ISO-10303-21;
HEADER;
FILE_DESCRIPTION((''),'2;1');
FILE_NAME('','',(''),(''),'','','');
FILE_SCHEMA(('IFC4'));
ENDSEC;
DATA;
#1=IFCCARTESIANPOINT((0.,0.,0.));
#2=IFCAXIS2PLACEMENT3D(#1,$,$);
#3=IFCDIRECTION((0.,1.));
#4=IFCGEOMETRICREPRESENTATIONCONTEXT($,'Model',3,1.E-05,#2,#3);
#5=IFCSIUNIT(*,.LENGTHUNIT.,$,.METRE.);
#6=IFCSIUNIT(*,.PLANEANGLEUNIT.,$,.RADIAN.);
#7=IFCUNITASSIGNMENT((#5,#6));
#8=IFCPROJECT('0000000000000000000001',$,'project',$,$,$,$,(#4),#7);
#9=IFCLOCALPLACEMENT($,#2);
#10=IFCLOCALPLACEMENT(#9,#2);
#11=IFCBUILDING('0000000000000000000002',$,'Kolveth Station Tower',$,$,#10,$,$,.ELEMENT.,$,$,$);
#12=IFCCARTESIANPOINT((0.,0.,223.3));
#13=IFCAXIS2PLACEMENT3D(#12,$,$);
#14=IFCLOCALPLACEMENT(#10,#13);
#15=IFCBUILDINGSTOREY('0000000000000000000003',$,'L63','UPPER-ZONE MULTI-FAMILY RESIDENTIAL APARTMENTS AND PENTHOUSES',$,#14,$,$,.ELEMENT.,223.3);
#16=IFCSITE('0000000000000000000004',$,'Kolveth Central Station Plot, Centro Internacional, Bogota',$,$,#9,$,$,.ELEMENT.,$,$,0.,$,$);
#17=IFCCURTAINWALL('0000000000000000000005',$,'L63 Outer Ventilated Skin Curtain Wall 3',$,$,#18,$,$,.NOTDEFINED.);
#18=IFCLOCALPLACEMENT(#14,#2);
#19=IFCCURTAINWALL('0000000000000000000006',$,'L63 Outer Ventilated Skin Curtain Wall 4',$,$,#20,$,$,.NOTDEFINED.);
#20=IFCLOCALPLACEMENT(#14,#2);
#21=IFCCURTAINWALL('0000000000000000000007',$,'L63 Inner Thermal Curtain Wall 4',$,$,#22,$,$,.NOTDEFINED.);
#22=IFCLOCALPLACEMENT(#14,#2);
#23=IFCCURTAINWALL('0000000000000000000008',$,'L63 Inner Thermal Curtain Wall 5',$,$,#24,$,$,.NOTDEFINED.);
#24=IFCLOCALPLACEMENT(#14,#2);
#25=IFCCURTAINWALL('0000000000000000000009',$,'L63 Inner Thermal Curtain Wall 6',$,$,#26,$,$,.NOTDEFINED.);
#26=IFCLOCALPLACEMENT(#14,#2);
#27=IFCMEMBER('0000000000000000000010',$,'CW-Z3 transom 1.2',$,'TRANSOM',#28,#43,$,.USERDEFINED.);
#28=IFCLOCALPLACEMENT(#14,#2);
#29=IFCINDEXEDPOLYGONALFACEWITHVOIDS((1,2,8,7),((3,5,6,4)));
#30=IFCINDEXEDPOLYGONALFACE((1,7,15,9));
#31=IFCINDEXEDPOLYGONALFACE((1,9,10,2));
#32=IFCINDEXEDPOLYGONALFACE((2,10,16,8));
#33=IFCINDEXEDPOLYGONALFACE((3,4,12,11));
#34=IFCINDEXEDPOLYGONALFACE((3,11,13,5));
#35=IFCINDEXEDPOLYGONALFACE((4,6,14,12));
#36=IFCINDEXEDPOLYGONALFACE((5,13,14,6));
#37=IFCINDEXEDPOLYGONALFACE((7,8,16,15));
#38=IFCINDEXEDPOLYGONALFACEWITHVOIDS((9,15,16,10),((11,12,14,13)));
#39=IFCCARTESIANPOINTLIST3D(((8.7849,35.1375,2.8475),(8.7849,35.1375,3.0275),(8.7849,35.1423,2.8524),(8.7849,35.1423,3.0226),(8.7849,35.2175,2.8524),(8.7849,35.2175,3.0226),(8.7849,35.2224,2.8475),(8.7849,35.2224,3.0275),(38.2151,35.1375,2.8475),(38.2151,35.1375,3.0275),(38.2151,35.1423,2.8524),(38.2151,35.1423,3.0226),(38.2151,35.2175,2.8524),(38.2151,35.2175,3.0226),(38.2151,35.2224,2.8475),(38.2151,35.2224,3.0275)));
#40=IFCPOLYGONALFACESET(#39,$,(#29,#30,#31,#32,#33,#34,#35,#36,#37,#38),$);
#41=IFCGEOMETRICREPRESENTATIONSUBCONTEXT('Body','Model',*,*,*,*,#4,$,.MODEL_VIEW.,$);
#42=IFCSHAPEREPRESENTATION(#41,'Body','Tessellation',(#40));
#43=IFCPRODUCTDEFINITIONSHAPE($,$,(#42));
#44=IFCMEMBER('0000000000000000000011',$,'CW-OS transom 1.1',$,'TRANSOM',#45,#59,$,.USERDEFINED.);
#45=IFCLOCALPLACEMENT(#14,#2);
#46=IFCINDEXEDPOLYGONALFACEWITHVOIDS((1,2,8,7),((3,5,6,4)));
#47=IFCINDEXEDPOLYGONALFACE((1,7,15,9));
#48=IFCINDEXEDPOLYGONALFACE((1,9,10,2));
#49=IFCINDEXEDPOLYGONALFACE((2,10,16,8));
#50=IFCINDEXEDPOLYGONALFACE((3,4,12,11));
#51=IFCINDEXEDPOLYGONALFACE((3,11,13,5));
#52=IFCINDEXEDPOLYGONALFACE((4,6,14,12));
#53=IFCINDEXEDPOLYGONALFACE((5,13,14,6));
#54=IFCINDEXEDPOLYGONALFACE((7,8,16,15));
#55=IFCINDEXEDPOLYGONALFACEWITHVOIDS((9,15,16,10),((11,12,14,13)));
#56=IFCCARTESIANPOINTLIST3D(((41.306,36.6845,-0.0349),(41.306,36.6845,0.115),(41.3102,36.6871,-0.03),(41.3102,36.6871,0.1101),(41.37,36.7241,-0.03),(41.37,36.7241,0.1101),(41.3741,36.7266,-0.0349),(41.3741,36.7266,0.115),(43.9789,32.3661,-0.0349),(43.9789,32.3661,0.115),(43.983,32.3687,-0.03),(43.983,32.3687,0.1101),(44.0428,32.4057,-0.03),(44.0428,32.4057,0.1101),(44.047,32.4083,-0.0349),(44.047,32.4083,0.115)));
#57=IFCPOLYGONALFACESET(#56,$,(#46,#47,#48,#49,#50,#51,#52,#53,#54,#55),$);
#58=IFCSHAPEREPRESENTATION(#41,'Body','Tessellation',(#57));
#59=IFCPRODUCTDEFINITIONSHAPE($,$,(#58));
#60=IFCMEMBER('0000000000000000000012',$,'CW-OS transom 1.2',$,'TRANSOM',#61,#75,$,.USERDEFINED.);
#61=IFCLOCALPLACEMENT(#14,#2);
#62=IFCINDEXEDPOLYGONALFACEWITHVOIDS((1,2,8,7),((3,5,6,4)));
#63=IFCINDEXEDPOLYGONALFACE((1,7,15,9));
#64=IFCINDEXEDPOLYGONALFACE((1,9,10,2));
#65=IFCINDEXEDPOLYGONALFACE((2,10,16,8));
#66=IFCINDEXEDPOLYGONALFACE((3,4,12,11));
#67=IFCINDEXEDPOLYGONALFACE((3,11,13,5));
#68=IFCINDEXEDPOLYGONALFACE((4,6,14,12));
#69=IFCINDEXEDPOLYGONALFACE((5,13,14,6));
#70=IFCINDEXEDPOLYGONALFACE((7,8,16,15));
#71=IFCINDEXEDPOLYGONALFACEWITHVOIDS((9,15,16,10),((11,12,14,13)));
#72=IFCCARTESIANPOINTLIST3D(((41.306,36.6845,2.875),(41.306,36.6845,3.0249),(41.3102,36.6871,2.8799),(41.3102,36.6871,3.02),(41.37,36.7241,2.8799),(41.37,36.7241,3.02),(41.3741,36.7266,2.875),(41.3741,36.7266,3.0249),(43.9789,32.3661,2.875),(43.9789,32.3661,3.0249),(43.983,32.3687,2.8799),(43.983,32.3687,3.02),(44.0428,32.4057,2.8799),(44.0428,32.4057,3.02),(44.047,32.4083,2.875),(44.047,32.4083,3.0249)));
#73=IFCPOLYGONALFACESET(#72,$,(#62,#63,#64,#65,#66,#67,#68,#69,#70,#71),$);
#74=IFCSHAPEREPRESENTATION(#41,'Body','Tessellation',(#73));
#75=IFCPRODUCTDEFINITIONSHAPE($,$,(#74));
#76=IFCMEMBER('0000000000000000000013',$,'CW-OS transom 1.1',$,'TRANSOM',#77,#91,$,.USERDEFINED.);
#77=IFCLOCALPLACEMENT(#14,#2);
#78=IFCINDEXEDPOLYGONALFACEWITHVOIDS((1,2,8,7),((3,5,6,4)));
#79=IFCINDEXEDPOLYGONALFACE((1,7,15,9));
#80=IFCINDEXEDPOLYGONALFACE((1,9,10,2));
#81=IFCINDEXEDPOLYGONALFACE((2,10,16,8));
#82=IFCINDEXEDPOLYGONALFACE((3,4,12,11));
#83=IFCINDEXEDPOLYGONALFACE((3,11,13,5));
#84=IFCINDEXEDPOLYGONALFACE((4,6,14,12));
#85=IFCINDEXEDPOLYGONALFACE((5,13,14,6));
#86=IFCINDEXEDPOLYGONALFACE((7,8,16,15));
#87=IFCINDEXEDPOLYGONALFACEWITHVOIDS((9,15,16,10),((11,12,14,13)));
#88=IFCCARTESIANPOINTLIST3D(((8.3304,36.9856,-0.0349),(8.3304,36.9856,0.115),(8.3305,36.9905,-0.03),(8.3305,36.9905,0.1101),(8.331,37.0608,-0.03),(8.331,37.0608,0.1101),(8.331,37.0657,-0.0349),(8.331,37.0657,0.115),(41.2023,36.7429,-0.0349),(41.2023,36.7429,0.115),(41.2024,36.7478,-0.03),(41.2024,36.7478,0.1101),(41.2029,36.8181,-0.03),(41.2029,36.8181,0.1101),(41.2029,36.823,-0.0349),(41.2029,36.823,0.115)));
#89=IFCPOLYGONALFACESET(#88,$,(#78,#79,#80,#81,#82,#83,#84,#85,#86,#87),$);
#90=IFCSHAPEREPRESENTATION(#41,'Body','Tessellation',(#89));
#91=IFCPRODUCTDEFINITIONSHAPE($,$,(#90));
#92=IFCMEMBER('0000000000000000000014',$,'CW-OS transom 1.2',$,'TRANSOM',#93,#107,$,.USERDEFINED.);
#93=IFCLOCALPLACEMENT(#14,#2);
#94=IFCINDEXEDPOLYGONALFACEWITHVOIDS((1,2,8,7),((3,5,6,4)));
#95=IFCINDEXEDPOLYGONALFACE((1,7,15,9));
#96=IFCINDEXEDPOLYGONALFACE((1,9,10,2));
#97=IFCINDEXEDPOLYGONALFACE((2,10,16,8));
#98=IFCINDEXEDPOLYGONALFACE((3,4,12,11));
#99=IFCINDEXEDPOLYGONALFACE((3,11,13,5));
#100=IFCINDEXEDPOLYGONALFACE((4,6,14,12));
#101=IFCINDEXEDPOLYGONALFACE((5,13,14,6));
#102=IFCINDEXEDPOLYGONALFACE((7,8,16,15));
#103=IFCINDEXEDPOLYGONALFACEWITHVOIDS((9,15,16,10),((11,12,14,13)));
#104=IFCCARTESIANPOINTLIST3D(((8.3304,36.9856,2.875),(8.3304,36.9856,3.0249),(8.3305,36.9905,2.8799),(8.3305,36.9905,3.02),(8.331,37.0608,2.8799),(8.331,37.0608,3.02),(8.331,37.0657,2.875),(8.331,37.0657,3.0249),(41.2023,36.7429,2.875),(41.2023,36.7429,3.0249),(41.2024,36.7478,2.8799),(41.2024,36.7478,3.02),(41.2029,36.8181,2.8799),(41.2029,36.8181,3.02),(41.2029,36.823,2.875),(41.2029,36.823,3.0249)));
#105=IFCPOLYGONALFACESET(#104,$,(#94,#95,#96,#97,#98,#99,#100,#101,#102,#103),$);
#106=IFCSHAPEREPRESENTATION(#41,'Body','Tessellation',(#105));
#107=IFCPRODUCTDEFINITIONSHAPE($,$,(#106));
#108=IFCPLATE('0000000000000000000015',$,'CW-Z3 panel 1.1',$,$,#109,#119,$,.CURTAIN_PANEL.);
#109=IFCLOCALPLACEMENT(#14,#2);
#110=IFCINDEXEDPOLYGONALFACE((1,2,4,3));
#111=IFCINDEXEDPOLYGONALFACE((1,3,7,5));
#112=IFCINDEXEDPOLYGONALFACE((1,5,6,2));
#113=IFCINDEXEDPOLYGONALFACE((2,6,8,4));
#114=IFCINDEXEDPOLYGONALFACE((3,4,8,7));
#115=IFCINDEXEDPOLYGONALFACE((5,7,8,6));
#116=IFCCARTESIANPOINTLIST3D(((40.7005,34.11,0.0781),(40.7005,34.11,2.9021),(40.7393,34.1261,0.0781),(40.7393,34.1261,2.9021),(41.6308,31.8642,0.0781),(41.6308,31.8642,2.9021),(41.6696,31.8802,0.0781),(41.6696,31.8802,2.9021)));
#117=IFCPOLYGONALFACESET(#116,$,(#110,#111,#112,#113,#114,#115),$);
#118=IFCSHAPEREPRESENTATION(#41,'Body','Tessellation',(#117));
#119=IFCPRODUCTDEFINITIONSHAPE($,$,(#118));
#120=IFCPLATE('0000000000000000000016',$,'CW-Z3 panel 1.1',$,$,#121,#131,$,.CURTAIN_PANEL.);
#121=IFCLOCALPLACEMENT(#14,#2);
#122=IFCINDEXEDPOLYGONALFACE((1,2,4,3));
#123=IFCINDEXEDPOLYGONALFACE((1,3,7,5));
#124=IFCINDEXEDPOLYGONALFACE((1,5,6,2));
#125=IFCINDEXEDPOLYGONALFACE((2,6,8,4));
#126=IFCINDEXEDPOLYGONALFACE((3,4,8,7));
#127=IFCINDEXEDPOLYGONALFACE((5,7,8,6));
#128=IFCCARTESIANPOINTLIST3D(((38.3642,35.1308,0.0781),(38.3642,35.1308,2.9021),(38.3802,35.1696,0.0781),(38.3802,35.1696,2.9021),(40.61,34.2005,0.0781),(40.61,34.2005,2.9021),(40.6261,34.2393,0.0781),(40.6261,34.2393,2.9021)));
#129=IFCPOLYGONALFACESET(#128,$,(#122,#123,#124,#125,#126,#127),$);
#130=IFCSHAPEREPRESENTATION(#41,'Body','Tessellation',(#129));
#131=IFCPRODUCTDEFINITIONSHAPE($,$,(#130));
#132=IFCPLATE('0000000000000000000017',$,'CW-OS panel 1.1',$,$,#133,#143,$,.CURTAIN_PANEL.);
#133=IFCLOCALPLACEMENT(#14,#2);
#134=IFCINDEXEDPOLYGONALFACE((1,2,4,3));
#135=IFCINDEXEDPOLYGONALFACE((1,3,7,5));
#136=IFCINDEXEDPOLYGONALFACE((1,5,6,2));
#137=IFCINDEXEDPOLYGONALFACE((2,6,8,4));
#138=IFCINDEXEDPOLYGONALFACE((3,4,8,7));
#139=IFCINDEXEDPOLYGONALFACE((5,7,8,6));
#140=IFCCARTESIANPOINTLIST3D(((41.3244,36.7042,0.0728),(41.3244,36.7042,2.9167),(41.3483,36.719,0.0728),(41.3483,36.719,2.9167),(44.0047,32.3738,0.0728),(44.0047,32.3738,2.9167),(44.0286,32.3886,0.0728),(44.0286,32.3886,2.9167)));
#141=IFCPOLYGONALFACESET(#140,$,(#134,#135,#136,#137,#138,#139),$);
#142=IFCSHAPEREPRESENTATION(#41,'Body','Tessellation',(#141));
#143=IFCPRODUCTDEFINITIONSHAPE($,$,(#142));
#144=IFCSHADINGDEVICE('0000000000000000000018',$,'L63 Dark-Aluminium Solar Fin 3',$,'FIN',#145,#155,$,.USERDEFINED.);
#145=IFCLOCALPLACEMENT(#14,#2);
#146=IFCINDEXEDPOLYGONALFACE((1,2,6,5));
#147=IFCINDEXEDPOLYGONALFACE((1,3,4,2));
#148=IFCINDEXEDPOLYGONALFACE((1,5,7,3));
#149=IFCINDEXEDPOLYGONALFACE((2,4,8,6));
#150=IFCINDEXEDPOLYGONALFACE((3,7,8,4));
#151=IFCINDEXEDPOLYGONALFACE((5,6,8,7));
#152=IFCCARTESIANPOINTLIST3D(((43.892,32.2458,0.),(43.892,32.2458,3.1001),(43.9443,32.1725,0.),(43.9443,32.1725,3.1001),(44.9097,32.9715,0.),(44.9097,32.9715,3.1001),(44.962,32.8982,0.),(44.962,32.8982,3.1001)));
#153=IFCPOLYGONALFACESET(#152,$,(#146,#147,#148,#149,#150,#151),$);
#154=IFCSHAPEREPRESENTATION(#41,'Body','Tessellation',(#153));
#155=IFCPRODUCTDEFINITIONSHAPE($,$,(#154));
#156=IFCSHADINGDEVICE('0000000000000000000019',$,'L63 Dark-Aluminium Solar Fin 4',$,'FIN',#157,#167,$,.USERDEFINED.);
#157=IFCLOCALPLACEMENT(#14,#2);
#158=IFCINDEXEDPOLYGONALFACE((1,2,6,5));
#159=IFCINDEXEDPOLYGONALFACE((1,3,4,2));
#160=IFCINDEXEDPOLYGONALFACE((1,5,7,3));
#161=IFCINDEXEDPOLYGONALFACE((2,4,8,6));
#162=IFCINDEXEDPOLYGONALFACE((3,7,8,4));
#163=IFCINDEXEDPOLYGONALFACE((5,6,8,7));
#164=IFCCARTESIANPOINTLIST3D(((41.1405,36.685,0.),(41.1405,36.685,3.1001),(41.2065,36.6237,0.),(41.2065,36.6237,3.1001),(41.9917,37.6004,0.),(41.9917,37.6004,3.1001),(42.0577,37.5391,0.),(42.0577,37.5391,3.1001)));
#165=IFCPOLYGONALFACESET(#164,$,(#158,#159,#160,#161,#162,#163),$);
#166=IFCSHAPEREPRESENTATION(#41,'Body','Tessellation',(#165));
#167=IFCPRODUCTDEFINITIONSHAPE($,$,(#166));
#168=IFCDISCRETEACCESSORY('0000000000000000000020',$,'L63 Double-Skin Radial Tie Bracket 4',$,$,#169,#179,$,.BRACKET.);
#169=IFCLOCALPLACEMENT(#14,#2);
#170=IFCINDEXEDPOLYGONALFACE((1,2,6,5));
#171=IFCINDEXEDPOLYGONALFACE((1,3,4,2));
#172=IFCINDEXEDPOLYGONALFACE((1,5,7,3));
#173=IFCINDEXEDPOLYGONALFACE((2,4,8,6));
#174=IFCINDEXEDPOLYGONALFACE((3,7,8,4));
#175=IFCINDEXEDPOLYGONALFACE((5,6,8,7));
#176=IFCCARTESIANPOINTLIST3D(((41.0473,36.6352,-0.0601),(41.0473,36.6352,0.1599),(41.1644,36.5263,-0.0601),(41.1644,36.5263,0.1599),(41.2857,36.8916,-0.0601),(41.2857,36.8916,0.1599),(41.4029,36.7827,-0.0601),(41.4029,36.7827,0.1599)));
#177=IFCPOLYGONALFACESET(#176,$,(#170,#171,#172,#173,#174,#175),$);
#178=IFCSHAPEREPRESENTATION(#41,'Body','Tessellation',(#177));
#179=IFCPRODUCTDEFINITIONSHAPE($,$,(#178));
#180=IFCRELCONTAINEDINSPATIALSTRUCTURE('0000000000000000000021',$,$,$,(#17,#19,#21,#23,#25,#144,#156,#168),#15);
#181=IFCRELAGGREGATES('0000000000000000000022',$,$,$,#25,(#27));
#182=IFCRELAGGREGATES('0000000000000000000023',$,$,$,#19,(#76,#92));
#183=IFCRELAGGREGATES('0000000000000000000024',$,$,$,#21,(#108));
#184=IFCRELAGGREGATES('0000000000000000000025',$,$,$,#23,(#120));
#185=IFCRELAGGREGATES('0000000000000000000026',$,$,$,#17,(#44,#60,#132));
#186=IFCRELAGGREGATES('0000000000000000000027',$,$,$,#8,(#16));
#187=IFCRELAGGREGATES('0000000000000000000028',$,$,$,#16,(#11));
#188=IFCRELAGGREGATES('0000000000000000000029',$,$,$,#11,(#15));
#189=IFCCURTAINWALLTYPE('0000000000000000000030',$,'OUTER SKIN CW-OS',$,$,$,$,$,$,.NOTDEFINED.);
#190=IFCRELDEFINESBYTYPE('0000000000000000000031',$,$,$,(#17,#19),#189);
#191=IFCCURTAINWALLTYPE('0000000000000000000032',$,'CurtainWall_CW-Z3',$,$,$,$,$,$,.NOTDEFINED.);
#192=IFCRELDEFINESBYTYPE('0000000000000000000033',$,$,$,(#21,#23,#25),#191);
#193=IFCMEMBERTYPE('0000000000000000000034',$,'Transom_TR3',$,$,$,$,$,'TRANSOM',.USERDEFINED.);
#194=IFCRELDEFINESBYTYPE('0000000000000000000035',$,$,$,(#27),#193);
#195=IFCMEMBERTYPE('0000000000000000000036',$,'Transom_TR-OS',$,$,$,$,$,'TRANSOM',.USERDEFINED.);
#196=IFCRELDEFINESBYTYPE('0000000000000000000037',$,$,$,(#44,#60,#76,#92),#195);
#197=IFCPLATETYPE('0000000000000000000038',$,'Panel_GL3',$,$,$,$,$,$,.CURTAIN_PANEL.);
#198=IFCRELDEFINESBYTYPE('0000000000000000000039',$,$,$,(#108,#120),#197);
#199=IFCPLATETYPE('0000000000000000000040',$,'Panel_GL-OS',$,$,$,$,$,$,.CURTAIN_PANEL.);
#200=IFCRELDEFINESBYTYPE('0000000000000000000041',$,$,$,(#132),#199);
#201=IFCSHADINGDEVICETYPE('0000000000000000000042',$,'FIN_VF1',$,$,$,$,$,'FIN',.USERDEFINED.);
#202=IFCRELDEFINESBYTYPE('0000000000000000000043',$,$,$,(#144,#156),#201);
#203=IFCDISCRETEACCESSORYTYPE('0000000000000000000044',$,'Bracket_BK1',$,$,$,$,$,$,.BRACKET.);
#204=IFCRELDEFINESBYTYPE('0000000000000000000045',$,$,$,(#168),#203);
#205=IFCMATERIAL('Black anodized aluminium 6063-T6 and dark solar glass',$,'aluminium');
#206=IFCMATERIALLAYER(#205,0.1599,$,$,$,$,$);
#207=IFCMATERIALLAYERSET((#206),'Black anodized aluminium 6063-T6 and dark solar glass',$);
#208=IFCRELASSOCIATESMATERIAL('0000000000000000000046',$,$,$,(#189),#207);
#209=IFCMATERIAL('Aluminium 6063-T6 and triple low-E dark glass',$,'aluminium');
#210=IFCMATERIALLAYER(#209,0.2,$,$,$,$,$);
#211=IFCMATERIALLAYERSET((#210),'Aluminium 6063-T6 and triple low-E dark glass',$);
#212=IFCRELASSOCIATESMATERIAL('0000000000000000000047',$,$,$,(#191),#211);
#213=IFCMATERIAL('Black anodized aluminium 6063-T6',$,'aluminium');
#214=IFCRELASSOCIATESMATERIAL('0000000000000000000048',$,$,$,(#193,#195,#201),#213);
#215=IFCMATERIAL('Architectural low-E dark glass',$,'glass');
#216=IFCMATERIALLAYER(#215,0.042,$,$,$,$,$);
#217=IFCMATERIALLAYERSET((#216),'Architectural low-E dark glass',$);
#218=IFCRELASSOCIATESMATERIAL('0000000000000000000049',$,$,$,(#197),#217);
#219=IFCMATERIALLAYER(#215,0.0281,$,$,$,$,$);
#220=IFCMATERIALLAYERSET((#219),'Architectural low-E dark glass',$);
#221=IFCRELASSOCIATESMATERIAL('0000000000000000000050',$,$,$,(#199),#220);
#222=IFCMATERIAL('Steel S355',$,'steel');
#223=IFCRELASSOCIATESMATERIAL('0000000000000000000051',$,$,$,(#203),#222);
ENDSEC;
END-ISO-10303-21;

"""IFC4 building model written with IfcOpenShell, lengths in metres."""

from ifc_helpers import new_model, si_unit, direction, frame, origin, origin_2d, place, context, subcontext, project, spatial, rectangle, hollow_rectangle, extrude, source, transform, mapped, material, layer, layer_set, material_profile, profile_set, type_object, element, aggregate, save


model = new_model("IFC4")

# Units and contexts
model_context = context("Model", 3, precision=1e-05, world=origin(), true_north=direction((0.0, 1.0)))
body_context = subcontext(model_context, "Body", "Model", "MODEL_VIEW")
ifc_project = project(units=[si_unit("LENGTHUNIT", "METRE"), si_unit("PLANEANGLEUNIT", "RADIAN")], contexts=[model_context])

# Site, building, storey
site_placement = place(None, origin())
site = spatial("IfcSite", under=ifc_project, at=site_placement, Name="Kolveth Central Station Plot, Centro Internacional, Bogota", CompositionType="ELEMENT", RefElevation=0.0)
building_placement = place(site_placement, origin())
building = spatial("IfcBuilding", under=site, at=building_placement, Name="Kolveth Station Tower", CompositionType="ELEMENT")
storey_placement = place(building_placement, frame((0.0, 0.0, 223.3)))
storey = spatial("IfcBuildingStorey", under=building, at=storey_placement, Name="L63", Description="UPPER-ZONE MULTI-FAMILY RESIDENTIAL APARTMENTS AND PENTHOUSES", CompositionType="ELEMENT", Elevation=223.3)

# Shared definitions
ifc_material_1 = material(Name="Steel S355", Category="steel")

# Curtain walls
ifc_material_2 = material(Name="Black anodized aluminium 6063-T6 and dark solar glass", Category="aluminium")
ifc_layer_1 = layer(ifc_material_2, 0.1599)
ifc_layer_set_1 = layer_set([ifc_layer_1], Name="Black anodized aluminium 6063-T6 and dark solar glass")
curtain_wall_type_1 = type_object("IfcCurtainWallType", Name="OUTER SKIN CW-OS", PredefinedType="NOTDEFINED", material=ifc_layer_set_1)
curtain_wall_1_placement = place(storey_placement, origin())
curtain_wall_1 = element("IfcCurtainWall", 1, at=curtain_wall_1_placement, inside=storey, type_object=curtain_wall_type_1, Name="L63 Outer Ventilated Skin Curtain Wall 3", PredefinedType="NOTDEFINED")
ifc_material_3 = material(Name="Black anodized aluminium 6063-T6", Category="aluminium")
curtain_wall_2_placement = place(storey_placement, origin())
curtain_wall_2 = element("IfcCurtainWall", 2, at=curtain_wall_2_placement, inside=storey, type_object=curtain_wall_type_1, Name="L63 Outer Ventilated Skin Curtain Wall 4", PredefinedType="NOTDEFINED")
ifc_material_4 = material(Name="Aluminium 6063-T6 and triple low-E dark glass", Category="aluminium")
ifc_layer_2 = layer(ifc_material_4, 0.2)
ifc_layer_set_2 = layer_set([ifc_layer_2], Name="Aluminium 6063-T6 and triple low-E dark glass")
curtain_wall_type_2 = type_object("IfcCurtainWallType", Name="CurtainWall_CW-Z3", PredefinedType="NOTDEFINED", material=ifc_layer_set_2)
curtain_wall_3_placement = place(storey_placement, origin())
curtain_wall_3 = element("IfcCurtainWall", 3, at=curtain_wall_3_placement, inside=storey, type_object=curtain_wall_type_2, Name="L63 Inner Thermal Curtain Wall 4", PredefinedType="NOTDEFINED")

# Curtain wall
curtain_wall_4_placement = place(storey_placement, origin())
curtain_wall_4 = element("IfcCurtainWall", 4, at=curtain_wall_4_placement, inside=storey, type_object=curtain_wall_type_2, Name="L63 Inner Thermal Curtain Wall 5", PredefinedType="NOTDEFINED")

# Curtain wall
curtain_wall_5_placement = place(storey_placement, origin())
curtain_wall_5 = element("IfcCurtainWall", 5, at=curtain_wall_5_placement, inside=storey, type_object=curtain_wall_type_2, Name="L63 Inner Thermal Curtain Wall 6", PredefinedType="NOTDEFINED")

# Members
ifc_material_profile_1 = material_profile(ifc_material_3, hollow_rectangle(XDim=0.085, YDim=0.1799, WallThickness=0.0049, at=origin_2d()), Name="ALU-85x180x5")
ifc_profile_set_1 = profile_set([ifc_material_profile_1], Name="Black anodized aluminium 6063-T6")
member_type_1 = type_object("IfcMemberType", Name="Transom_TR3", ElementType="TRANSOM", PredefinedType="USERDEFINED", material=ifc_profile_set_1)
shared_shape_1 = source(origin(), body_context, "Body", "SweptSolid", [
    extrude(hollow_rectangle(XDim=0.085, YDim=0.1799, WallThickness=0.0049, at=origin_2d()), origin(), (0.0, 0.0, 1.0), 29.4302),
])
member_1_placement = place(storey_placement, frame((38.2151, 35.1799, 2.9375), z_axis=(-1.0, 0.0, 0.0), x_axis=(0.0, -1.0, 0.0)))
member_1 = element("IfcMember", 6, at=member_1_placement, type_object=member_type_1, Name="CW-Z3 transom 1.2", ObjectType="TRANSOM", PredefinedType="USERDEFINED", context=body_context, shape_type="MappedRepresentation", body=[
    mapped(shared_shape_1, transform((0.0, 0.0, 0.0), x_axis=(1.0, 0.0, 0.0), y_axis=(0.0, 1.0, 0.0), z_axis=(0.0, 0.0, 1.0), scale=1.0)),
])
aggregate(curtain_wall_5, [member_1])
ifc_material_profile_2 = material_profile(ifc_material_3, hollow_rectangle(XDim=0.0801, YDim=0.1499, WallThickness=0.0049, at=origin_2d()), Name="ALU-80x150x5")
ifc_profile_set_2 = profile_set([ifc_material_profile_2], Name="Black anodized aluminium 6063-T6")
member_type_2 = type_object("IfcMemberType", Name="Transom_TR-OS", ElementType="TRANSOM", PredefinedType="USERDEFINED", material=ifc_profile_set_2)
shared_shape_2 = source(origin(), body_context, "Body", "SweptSolid", [
    extrude(hollow_rectangle(XDim=0.0801, YDim=0.1499, WallThickness=0.0049, at=origin_2d()), origin(), (0.0, 0.0, 1.0), 5.0786),
])
member_2_placement = place(storey_placement, frame((44.0129, 32.3872, 0.04), z_axis=(-0.526295, 0.850302, 0.0), x_axis=(-0.850302, -0.526295, 0.0)))
member_2 = element("IfcMember", 7, at=member_2_placement, type_object=member_type_2, Name="CW-OS transom 1.1", ObjectType="TRANSOM", PredefinedType="USERDEFINED", context=body_context, shape_type="MappedRepresentation", body=[
    mapped(shared_shape_2, transform((0.0, 0.0, 0.0), x_axis=(1.0, 0.0, 0.0), y_axis=(0.0, 1.0, 0.0), z_axis=(0.0, 0.0, 1.0), scale=1.0)),
])
member_3_placement = place(storey_placement, frame((44.0129, 32.3872, 2.95), z_axis=(-0.526295, 0.850302, 0.0), x_axis=(-0.850302, -0.526295, 0.0)))
member_3 = element("IfcMember", 8, at=member_3_placement, type_object=member_type_2, Name="CW-OS transom 1.2", ObjectType="TRANSOM", PredefinedType="USERDEFINED", context=body_context, shape_type="MappedRepresentation", body=[
    mapped(shared_shape_2, transform((0.0, 0.0, 0.0), x_axis=(1.0, 0.0, 0.0), y_axis=(0.0, 1.0, 0.0), z_axis=(0.0, 0.0, 1.0), scale=1.0)),
])
shared_shape_3 = source(origin(), body_context, "Body", "SweptSolid", [
    extrude(hollow_rectangle(XDim=0.0801, YDim=0.1499, WallThickness=0.0049, at=origin_2d()), origin(), (0.0, 0.0, 1.0), 32.8728),
])
member_4_placement = place(storey_placement, frame((41.2026, 36.783, 0.04), z_axis=(-0.999973, 0.007382, 0.0), x_axis=(-0.007382, -0.999973, 0.0)))
member_4 = element("IfcMember", 9, at=member_4_placement, type_object=member_type_2, Name="CW-OS transom 1.1", ObjectType="TRANSOM", PredefinedType="USERDEFINED", context=body_context, shape_type="MappedRepresentation", body=[
    mapped(shared_shape_3, transform((0.0, 0.0, 0.0), x_axis=(1.0, 0.0, 0.0), y_axis=(0.0, 1.0, 0.0), z_axis=(0.0, 0.0, 1.0), scale=1.0)),
])
member_5_placement = place(storey_placement, frame((41.2026, 36.783, 2.95), z_axis=(-0.999973, 0.007382, 0.0), x_axis=(-0.007382, -0.999973, 0.0)))
member_5 = element("IfcMember", 10, at=member_5_placement, type_object=member_type_2, Name="CW-OS transom 1.2", ObjectType="TRANSOM", PredefinedType="USERDEFINED", context=body_context, shape_type="MappedRepresentation", body=[
    mapped(shared_shape_3, transform((0.0, 0.0, 0.0), x_axis=(1.0, 0.0, 0.0), y_axis=(0.0, 1.0, 0.0), z_axis=(0.0, 0.0, 1.0), scale=1.0)),
])
aggregate(curtain_wall_2, [member_4, member_5])

# Plates
ifc_material_5 = material(Name="Architectural low-E dark glass", Category="glass")
ifc_layer_3 = layer(ifc_material_5, 0.042)
ifc_layer_set_3 = layer_set([ifc_layer_3], Name="Architectural low-E dark glass")
plate_type_1 = type_object("IfcPlateType", Name="Panel_GL3", PredefinedType="CURTAIN_PANEL", material=ifc_layer_set_3)
shared_shape_4 = source(origin(), body_context, "Body", "SweptSolid", [
    extrude(rectangle(XDim=2.4309, YDim=0.042, at=origin_2d()), origin(), (0.0, 0.0, 1.0), 2.824),
])
plate_1_placement = place(storey_placement, frame((41.1851, 32.9951, 0.0781), z_axis=(0.0, 0.0, 1.0), x_axis=(-0.382693, 0.923875, 0.0)))
plate_1 = element("IfcPlate", 11, at=plate_1_placement, type_object=plate_type_1, Name="CW-Z3 panel 1.1", PredefinedType="CURTAIN_PANEL", context=body_context, shape_type="MappedRepresentation", body=[
    mapped(shared_shape_4, transform((0.0, 0.0, 0.0), x_axis=(1.0, 0.0, 0.0), y_axis=(0.0, 1.0, 0.0), z_axis=(0.0, 0.0, 1.0), scale=1.0)),
])
aggregate(curtain_wall_3, [plate_1])
plate_2_placement = place(storey_placement, frame((39.4951, 34.6851, 0.0781), z_axis=(0.0, 0.0, 1.0), x_axis=(-0.923875, 0.382693, 0.0)))
plate_2 = element("IfcPlate", 12, at=plate_2_placement, type_object=plate_type_1, Name="CW-Z3 panel 1.1", PredefinedType="CURTAIN_PANEL", context=body_context, shape_type="MappedRepresentation", body=[
    mapped(shared_shape_4, transform((0.0, 0.0, 0.0), x_axis=(1.0, 0.0, 0.0), y_axis=(0.0, 1.0, 0.0), z_axis=(0.0, 0.0, 1.0), scale=1.0)),
])
aggregate(curtain_wall_4, [plate_2])
ifc_layer_4 = layer(ifc_material_5, 0.0281)
ifc_layer_set_4 = layer_set([ifc_layer_4], Name="Architectural low-E dark glass")
plate_type_2 = type_object("IfcPlateType", Name="Panel_GL-OS", PredefinedType="CURTAIN_PANEL", material=ifc_layer_set_4)
shared_shape_5 = source(origin(), body_context, "Body", "SweptSolid", [
    extrude(rectangle(XDim=5.0928, YDim=0.0281, at=origin_2d()), origin(), (0.0, 0.0, 1.0), 2.844),
])
plate_3_placement = place(storey_placement, frame((42.6765, 34.5464, 0.0728), z_axis=(0.0, 0.0, 1.0), x_axis=(-0.526295, 0.850302, 0.0)))
plate_3 = element("IfcPlate", 13, at=plate_3_placement, type_object=plate_type_2, Name="CW-OS panel 1.1", PredefinedType="CURTAIN_PANEL", context=body_context, shape_type="MappedRepresentation", body=[
    mapped(shared_shape_5, transform((0.0, 0.0, 0.0), x_axis=(1.0, 0.0, 0.0), y_axis=(0.0, 1.0, 0.0), z_axis=(0.0, 0.0, 1.0), scale=1.0)),
])
aggregate(curtain_wall_1, [member_2, member_3, plate_3])

# Shading devices
shading_device_type = type_object("IfcShadingDeviceType", Name="FIN_VF1", ElementType="FIN", PredefinedType="USERDEFINED", material=ifc_material_3)
shared_shape_6 = source(origin(), body_context, "Body", "SweptSolid", [
    extrude(rectangle(XDim=1.25, YDim=0.0901, at=origin_2d()), origin(), (0.0, 0.0, 1.0), 3.1001),
])
for number, where, z_axis, x_axis, name in (
    (14, (44.427, 32.572, 0.0), (0.0, 0.0, 1.0), (0.814217, 0.580561, 0.0), "L63 Dark-Aluminium Solar Fin 3"),
    (15, (41.5991, 37.1121, 0.0), (0.0, 0.0, 1.0), (0.680977, 0.732305, 0.0), "L63 Dark-Aluminium Solar Fin 4"),
):
    element("IfcShadingDevice", number, at=place(storey_placement, frame(where, z_axis=z_axis, x_axis=x_axis)), inside=storey, type_object=shading_device_type, Name=name, ObjectType="FIN", PredefinedType="USERDEFINED", context=body_context, shape_type="MappedRepresentation", body=[
        mapped(shared_shape_6, transform((0.0, 0.0, 0.0), x_axis=(1.0, 0.0, 0.0), y_axis=(0.0, 1.0, 0.0), z_axis=(0.0, 0.0, 1.0), scale=1.0)),
    ])

# Discrete accessory
discrete_accessory_type = type_object("IfcDiscreteAccessoryType", Name="Bracket_BK1", PredefinedType="BRACKET", material=ifc_material_1)
shared_shape_7 = source(origin(), body_context, "Body", "SweptSolid", [
    extrude(rectangle(XDim=0.3501, YDim=0.1599, at=origin_2d()), origin(), (0.0, 0.0, 1.0), 0.22),
])
discrete_accessory_placement = place(storey_placement, frame((41.2251, 36.709, -0.0601), z_axis=(0.0, 0.0, 1.0), x_axis=(0.680977, 0.732305, 0.0)))
element("IfcDiscreteAccessory", 16, at=discrete_accessory_placement, inside=storey, type_object=discrete_accessory_type, Name="L63 Double-Skin Radial Tie Bracket 4", PredefinedType="BRACKET", context=body_context, shape_type="MappedRepresentation", body=[
    mapped(shared_shape_7, transform((0.0, 0.0, 0.0), x_axis=(1.0, 0.0, 0.0), y_axis=(0.0, 1.0, 0.0), z_axis=(0.0, 0.0, 1.0), scale=1.0)),
])

save(model, "model.ifc")
